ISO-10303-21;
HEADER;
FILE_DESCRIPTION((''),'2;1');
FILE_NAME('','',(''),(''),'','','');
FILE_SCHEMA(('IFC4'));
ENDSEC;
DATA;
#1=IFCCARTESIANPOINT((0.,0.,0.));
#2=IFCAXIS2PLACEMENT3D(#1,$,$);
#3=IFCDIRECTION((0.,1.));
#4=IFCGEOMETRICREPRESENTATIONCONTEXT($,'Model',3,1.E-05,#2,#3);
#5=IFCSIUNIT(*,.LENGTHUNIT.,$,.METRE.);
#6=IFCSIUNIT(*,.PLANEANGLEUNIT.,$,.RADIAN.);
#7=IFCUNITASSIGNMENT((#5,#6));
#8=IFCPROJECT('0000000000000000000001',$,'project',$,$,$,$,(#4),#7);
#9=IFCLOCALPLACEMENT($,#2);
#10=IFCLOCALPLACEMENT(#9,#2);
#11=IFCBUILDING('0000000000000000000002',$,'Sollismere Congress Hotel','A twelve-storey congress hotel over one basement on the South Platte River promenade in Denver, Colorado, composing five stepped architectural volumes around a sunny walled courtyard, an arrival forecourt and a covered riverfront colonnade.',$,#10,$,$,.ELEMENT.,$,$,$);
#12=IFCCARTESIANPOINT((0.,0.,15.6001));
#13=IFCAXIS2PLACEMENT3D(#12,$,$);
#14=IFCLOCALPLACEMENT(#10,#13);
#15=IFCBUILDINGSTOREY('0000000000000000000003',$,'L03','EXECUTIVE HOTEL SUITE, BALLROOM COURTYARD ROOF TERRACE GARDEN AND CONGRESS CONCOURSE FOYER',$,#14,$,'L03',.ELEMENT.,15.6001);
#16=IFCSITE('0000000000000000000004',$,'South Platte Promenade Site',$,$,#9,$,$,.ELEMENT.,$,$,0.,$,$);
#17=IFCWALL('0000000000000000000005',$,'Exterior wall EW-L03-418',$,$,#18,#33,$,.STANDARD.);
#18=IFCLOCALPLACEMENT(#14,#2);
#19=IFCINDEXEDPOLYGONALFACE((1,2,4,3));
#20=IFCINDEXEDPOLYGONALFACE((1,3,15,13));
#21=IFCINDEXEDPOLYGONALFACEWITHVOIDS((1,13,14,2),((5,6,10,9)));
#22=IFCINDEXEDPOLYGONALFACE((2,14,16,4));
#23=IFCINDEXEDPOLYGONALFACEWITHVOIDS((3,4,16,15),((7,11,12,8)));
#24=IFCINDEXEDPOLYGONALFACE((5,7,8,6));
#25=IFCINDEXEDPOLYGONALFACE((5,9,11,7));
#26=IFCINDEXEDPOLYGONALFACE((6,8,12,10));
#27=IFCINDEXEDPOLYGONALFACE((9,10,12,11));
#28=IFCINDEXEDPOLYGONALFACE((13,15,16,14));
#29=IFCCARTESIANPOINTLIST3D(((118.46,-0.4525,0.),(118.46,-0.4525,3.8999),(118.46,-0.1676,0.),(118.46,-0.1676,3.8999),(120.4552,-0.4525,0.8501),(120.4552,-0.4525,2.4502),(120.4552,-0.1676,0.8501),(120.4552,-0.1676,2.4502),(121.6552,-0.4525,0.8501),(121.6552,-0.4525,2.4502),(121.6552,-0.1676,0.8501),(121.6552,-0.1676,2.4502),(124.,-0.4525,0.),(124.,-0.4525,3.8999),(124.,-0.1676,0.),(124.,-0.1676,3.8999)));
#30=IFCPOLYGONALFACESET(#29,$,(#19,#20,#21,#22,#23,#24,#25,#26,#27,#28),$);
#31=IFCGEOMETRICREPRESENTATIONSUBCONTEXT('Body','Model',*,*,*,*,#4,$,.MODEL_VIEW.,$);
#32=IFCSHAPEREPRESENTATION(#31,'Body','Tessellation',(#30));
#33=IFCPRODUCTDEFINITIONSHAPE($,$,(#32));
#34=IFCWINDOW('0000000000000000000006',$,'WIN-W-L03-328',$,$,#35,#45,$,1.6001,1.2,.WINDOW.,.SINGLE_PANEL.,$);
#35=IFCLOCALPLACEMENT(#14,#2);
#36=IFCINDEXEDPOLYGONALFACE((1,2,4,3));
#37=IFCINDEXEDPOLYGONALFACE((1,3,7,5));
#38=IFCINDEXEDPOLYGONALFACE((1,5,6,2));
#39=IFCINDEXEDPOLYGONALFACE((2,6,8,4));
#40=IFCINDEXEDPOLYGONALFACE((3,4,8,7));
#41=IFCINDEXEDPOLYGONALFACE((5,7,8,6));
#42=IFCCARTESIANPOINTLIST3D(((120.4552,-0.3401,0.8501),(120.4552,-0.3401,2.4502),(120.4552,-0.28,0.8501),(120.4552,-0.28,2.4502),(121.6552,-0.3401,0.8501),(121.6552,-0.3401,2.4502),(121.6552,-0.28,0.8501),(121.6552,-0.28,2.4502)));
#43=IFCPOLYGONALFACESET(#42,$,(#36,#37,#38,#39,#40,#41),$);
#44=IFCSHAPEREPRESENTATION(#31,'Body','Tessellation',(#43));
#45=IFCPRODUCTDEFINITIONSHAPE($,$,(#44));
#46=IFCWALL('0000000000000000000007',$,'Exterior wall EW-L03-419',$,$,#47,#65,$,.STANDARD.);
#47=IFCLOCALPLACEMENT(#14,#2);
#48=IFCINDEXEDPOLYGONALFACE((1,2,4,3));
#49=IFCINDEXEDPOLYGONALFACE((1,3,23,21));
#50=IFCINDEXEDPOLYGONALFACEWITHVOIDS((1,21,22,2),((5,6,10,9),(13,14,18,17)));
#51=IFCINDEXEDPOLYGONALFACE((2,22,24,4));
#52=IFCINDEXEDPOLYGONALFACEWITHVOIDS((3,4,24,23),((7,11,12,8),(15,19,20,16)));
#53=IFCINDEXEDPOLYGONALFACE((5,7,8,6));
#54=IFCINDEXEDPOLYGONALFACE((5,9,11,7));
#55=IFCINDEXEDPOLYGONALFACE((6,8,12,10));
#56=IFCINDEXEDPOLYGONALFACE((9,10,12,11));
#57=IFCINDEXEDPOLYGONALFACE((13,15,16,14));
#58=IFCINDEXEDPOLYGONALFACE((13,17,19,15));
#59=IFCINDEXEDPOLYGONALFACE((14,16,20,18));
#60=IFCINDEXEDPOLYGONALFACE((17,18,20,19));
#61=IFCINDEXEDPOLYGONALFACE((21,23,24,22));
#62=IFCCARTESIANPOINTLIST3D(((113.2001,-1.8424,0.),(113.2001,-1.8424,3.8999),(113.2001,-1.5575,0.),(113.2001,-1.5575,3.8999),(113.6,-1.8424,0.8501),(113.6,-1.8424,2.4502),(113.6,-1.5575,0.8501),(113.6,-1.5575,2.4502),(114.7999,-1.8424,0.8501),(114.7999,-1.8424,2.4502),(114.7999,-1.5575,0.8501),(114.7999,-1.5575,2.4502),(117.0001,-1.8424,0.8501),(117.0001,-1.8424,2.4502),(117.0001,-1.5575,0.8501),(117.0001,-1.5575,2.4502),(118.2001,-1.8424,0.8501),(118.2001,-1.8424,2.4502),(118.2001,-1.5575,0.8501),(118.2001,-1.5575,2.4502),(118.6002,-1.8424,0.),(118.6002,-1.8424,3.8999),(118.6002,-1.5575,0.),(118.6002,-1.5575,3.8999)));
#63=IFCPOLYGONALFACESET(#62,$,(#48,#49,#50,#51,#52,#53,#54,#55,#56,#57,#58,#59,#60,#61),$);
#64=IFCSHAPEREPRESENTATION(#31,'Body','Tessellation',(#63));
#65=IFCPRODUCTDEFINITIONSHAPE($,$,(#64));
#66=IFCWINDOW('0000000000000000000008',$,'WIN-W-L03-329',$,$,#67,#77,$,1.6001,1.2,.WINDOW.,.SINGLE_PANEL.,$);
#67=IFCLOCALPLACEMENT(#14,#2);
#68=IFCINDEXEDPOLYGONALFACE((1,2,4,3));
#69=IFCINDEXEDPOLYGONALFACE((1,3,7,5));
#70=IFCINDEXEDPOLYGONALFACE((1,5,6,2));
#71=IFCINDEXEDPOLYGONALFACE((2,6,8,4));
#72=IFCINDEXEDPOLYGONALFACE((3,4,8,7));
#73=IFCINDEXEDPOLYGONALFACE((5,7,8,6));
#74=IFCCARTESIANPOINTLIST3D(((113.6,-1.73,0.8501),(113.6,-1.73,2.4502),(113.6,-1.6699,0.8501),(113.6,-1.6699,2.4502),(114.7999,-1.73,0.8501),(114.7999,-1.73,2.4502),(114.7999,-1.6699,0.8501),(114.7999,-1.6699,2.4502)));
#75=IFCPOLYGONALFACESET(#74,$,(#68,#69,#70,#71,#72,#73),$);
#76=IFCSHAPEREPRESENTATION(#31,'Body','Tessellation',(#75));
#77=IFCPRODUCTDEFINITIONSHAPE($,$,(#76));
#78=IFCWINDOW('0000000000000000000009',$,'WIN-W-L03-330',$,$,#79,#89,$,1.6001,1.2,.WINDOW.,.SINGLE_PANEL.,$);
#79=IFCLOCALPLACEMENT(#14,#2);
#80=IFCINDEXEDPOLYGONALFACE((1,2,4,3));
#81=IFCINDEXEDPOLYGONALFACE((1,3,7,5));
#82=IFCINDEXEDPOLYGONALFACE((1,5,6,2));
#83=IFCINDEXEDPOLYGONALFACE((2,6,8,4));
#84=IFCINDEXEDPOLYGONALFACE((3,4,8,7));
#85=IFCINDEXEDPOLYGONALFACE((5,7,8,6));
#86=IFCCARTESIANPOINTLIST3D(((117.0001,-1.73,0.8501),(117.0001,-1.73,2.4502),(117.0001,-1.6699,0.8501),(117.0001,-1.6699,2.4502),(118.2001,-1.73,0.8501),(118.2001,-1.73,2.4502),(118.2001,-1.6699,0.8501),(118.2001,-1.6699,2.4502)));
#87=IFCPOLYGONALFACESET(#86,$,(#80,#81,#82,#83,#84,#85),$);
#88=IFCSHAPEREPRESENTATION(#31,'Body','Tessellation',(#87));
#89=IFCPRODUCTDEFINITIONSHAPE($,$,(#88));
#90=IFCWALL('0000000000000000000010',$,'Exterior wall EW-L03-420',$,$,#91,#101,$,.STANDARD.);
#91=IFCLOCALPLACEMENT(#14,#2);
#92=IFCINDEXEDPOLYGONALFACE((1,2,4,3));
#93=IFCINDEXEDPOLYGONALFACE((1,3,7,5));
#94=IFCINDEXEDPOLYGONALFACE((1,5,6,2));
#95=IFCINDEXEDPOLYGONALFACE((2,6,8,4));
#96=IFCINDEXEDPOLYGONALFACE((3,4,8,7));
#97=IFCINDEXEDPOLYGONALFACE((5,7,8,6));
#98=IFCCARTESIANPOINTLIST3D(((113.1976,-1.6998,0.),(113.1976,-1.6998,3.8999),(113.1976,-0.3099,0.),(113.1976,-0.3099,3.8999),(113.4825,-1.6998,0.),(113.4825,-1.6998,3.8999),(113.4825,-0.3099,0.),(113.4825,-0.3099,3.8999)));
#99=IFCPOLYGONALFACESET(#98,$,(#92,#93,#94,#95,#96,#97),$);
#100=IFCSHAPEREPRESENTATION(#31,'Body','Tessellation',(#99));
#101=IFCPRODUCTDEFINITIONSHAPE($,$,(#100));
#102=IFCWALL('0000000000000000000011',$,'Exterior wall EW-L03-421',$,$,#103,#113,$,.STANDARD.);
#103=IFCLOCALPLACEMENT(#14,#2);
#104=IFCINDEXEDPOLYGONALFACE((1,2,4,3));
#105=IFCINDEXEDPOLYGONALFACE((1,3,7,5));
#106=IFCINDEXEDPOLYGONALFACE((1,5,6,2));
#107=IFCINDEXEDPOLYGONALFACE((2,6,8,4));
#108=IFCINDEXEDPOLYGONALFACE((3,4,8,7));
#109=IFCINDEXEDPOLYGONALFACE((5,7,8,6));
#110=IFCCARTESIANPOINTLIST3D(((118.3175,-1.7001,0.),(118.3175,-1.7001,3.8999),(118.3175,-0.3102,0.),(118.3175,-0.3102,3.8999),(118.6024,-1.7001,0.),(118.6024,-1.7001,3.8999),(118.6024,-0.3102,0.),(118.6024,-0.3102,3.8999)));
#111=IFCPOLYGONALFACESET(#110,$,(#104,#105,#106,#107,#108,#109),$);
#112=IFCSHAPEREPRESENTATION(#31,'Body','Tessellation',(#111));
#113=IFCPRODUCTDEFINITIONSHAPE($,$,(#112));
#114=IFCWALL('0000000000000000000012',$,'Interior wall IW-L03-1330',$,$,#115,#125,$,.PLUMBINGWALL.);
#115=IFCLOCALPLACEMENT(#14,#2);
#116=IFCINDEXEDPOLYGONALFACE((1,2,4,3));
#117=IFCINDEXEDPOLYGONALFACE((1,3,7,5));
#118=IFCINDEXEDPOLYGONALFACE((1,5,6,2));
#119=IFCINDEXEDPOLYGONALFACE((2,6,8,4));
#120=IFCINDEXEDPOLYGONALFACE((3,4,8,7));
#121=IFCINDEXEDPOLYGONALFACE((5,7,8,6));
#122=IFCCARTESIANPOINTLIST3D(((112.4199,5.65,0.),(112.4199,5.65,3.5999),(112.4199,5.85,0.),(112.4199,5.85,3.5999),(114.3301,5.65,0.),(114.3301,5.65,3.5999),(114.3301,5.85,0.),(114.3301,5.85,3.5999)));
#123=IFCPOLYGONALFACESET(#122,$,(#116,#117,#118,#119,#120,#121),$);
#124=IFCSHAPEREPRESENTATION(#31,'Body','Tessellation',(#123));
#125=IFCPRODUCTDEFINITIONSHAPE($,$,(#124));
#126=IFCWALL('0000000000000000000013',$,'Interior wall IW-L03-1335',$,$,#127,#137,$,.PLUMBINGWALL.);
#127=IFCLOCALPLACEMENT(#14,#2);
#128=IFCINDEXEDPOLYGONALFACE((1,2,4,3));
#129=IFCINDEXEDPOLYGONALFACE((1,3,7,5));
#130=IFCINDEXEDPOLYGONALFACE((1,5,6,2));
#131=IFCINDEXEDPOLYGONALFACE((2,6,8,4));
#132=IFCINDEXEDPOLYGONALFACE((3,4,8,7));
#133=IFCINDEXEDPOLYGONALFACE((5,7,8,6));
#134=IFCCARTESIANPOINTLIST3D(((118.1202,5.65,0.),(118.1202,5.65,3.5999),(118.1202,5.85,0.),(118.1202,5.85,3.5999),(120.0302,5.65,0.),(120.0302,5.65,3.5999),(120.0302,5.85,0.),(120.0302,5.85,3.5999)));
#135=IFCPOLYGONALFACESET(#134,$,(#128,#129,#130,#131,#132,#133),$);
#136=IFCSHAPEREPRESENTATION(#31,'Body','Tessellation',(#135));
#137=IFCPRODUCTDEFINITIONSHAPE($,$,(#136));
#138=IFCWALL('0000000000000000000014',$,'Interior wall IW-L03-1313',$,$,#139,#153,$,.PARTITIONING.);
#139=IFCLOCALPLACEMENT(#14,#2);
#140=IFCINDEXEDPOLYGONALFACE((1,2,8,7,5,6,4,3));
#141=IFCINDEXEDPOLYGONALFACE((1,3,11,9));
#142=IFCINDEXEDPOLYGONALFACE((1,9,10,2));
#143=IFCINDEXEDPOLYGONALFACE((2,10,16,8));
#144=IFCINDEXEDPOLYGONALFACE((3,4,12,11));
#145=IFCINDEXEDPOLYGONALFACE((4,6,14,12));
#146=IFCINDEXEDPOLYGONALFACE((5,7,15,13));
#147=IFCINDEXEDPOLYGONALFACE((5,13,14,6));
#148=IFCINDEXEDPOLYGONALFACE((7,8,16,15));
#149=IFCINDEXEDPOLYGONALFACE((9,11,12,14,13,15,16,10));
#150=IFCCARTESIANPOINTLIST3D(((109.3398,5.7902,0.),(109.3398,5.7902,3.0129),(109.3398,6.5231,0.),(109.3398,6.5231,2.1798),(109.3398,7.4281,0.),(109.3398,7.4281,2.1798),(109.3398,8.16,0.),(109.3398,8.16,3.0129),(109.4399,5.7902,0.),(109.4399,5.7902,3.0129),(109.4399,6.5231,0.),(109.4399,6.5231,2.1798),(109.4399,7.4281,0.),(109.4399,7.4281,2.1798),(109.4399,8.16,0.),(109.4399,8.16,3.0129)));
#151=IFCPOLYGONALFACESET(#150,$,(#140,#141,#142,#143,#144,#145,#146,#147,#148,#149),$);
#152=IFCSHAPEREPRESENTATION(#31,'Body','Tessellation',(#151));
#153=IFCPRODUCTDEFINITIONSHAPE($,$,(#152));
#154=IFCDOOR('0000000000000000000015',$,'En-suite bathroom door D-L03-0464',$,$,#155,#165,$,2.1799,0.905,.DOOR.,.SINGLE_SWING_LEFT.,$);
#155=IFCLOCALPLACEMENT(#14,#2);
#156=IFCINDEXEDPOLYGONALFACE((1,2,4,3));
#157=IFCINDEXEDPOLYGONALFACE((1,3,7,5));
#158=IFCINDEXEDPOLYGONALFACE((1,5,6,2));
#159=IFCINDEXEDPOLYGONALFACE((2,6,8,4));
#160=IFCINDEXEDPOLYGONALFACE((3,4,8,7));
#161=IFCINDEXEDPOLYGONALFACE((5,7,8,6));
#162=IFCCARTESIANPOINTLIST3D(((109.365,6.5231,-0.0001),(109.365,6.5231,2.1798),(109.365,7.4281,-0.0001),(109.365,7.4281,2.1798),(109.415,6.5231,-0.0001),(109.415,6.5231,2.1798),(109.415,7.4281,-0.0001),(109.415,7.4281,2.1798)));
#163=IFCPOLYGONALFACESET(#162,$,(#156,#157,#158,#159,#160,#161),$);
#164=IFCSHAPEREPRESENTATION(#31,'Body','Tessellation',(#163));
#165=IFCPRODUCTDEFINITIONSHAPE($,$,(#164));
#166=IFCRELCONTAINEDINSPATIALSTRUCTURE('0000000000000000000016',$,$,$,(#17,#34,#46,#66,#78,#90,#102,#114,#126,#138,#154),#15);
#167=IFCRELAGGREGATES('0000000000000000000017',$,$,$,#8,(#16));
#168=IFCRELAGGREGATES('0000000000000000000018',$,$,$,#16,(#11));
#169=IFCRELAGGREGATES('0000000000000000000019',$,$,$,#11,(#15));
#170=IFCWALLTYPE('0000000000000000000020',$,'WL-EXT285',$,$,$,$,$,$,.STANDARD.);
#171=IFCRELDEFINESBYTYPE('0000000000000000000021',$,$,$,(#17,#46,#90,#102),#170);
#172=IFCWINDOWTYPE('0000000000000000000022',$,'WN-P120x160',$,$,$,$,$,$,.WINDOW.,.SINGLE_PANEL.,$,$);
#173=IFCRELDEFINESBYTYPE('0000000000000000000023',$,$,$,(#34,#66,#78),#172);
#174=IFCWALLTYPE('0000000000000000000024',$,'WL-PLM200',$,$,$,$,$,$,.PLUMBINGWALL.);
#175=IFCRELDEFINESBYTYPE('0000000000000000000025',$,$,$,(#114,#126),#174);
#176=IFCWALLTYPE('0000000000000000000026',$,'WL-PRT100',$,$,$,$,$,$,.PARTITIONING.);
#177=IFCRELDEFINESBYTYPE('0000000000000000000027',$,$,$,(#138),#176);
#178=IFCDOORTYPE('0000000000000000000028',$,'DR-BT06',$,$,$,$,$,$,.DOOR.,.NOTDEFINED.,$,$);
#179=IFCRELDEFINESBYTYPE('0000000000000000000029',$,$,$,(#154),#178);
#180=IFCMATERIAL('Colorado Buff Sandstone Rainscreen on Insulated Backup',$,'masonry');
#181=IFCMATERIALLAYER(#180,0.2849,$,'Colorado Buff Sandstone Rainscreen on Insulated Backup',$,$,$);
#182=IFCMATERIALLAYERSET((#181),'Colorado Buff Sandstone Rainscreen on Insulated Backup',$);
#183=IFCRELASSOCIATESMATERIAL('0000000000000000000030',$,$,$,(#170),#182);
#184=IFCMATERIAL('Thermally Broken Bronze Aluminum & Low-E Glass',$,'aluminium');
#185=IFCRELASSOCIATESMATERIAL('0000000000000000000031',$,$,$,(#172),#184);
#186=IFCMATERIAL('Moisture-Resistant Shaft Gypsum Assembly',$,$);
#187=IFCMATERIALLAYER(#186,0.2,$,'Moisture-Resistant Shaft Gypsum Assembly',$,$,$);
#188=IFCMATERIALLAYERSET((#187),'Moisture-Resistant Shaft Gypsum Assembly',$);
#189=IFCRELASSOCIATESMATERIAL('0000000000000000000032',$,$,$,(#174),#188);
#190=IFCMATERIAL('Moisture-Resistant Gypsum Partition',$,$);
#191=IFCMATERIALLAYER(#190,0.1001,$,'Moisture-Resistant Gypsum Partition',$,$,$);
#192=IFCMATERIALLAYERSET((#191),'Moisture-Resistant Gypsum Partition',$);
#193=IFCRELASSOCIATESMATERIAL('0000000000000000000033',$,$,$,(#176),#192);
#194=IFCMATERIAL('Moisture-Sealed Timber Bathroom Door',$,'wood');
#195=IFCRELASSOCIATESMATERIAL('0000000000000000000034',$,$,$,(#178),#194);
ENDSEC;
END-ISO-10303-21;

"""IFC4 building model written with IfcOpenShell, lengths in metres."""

from ifc_helpers import new_model, si_unit, direction, frame, frame_2d, origin, place, context, subcontext, project, spatial, rectangle, extrude, material, layer, layer_set, type_object, element, fill, save


model = new_model("IFC4")

# Units and contexts
model_context = context("Model", 3, precision=1e-05, world=origin(), true_north=direction((0.0, 1.0)))
body_context = subcontext(model_context, "Body", "Model", "MODEL_VIEW")
ifc_project = project(units=[si_unit("LENGTHUNIT", "METRE"), si_unit("PLANEANGLEUNIT", "RADIAN")], contexts=[model_context])

# Site, building, storey
site_placement = place(None, origin())
site = spatial("IfcSite", under=ifc_project, at=site_placement, Name="South Platte Promenade Site", CompositionType="ELEMENT", RefElevation=0.0)
building_placement = place(site_placement, origin())
building = spatial("IfcBuilding", under=site, at=building_placement, Name="Sollismere Congress Hotel", Description="A twelve-storey congress hotel over one basement on the South Platte River promenade in Denver, Colorado, composing five stepped architectural volumes around a sunny walled courtyard, an arrival forecourt and a covered riverfront colonnade.", CompositionType="ELEMENT")
storey_placement = place(building_placement, frame((0.0, 0.0, 15.6001)))
storey = spatial("IfcBuildingStorey", under=building, at=storey_placement, Name="L03", Description="EXECUTIVE HOTEL SUITE, BALLROOM COURTYARD ROOF TERRACE GARDEN AND CONGRESS CONCOURSE FOYER", LongName="L03", CompositionType="ELEMENT", Elevation=15.6001)

# Shared definitions
ifc_material_1 = material(Name="Colorado Buff Sandstone Rainscreen on Insulated Backup", Category="masonry")
ifc_layer_1 = layer(ifc_material_1, 0.2849, Name="Colorado Buff Sandstone Rainscreen on Insulated Backup")
ifc_layer_set_1 = layer_set([ifc_layer_1], Name="Colorado Buff Sandstone Rainscreen on Insulated Backup")
wall_type_1 = type_object("IfcWallType", Name="WL-EXT285", PredefinedType="STANDARD", material=ifc_layer_set_1)

# Wall, opening, window
wall_1_placement = place(storey_placement, frame((118.46, -0.3101, 0.0), z_axis=(0.0, 0.0, 1.0), x_axis=(1.0, 0.0, 0.0)))
wall_1 = element("IfcWall", 1, at=wall_1_placement, inside=storey, type_object=wall_type_1, Name="Exterior wall EW-L03-418", PredefinedType="STANDARD", context=body_context, shape_type="SweptSolid", body=[
    extrude(rectangle(XDim=5.54, YDim=0.2849, at=frame_2d((2.77, 0.0))), origin(), (0.0, 0.0, 1.0), 3.8999),
])
opening_1_placement = place(wall_1_placement, frame((1.9951, 0.0, 0.8501)))
opening_1 = element("IfcOpeningElement", 2, at=opening_1_placement, cuts=wall_1, PredefinedType="OPENING", context=body_context, shape_type="SweptSolid", body=[
    extrude(rectangle(XDim=1.2, YDim=1.6001, at=frame_2d((0.6001, 0.8))), frame((0.0, 0.1523, 0.0), z_axis=(0.0, -1.0, 0.0), x_axis=(1.0, 0.0, 0.0)), (0.0, 0.0, 1.0), 0.3049),
])
ifc_material_2 = material(Name="Thermally Broken Bronze Aluminum & Low-E Glass", Category="aluminium")
window_type = type_object("IfcWindowType", Name="WN-P120x160", PartitioningType="SINGLE_PANEL", PredefinedType="WINDOW", material=ifc_material_2)
window_1_placement = place(opening_1_placement, origin())
window_1 = element("IfcWindow", 3, at=window_1_placement, inside=storey, type_object=window_type, Name="WIN-W-L03-328", OverallHeight=1.6001, OverallWidth=1.2, PartitioningType="SINGLE_PANEL", PredefinedType="WINDOW", context=body_context, shape_type="SweptSolid", body=[
    extrude(rectangle(XDim=1.2, YDim=1.6001, at=frame_2d((0.6001, 0.8))), frame((0.0, 0.03, 0.0), z_axis=(0.0, -1.0, 0.0), x_axis=(1.0, 0.0, 0.0)), (0.0, 0.0, 1.0), 0.0601),
])
fill(opening_1, window_1)

# Wall, openings, windows
wall_2_placement = place(storey_placement, frame((113.2, -1.7, 0.0), z_axis=(0.0, 0.0, 1.0), x_axis=(1.0, 0.0, 0.0)))
wall_2 = element("IfcWall", 4, at=wall_2_placement, inside=storey, type_object=wall_type_1, Name="Exterior wall EW-L03-419", PredefinedType="STANDARD", context=body_context, shape_type="SweptSolid", body=[
    extrude(rectangle(XDim=5.4001, YDim=0.2849, at=frame_2d((2.7002, 0.0))), origin(), (0.0, 0.0, 1.0), 3.8999),
])
opening_2_placement = place(wall_2_placement, frame((0.3999, 0.0, 0.8501)))
opening_2 = element("IfcOpeningElement", 5, at=opening_2_placement, cuts=wall_2, PredefinedType="OPENING", context=body_context, shape_type="SweptSolid", body=[
    extrude(rectangle(XDim=1.2, YDim=1.6001, at=frame_2d((0.6001, 0.8))), frame((0.0, 0.1523, 0.0), z_axis=(0.0, -1.0, 0.0), x_axis=(1.0, 0.0, 0.0)), (0.0, 0.0, 1.0), 0.3049),
])
opening_3_placement = place(wall_2_placement, frame((3.8, 0.0, 0.8501)))
opening_3 = element("IfcOpeningElement", 6, at=opening_3_placement, cuts=wall_2, PredefinedType="OPENING", context=body_context, shape_type="SweptSolid", body=[
    extrude(rectangle(XDim=1.2, YDim=1.6001, at=frame_2d((0.6001, 0.8))), frame((0.0, 0.1523, 0.0), z_axis=(0.0, -1.0, 0.0), x_axis=(1.0, 0.0, 0.0)), (0.0, 0.0, 1.0), 0.3049),
])
window_2_placement = place(opening_2_placement, origin())
window_2 = element("IfcWindow", 7, at=window_2_placement, inside=storey, type_object=window_type, Name="WIN-W-L03-329", OverallHeight=1.6001, OverallWidth=1.2, PartitioningType="SINGLE_PANEL", PredefinedType="WINDOW", context=body_context, shape_type="SweptSolid", body=[
    extrude(rectangle(XDim=1.2, YDim=1.6001, at=frame_2d((0.6001, 0.8))), frame((0.0, 0.03, 0.0), z_axis=(0.0, -1.0, 0.0), x_axis=(1.0, 0.0, 0.0)), (0.0, 0.0, 1.0), 0.0601),
])
fill(opening_2, window_2)
window_3_placement = place(opening_3_placement, origin())
window_3 = element("IfcWindow", 8, at=window_3_placement, inside=storey, type_object=window_type, Name="WIN-W-L03-330", OverallHeight=1.6001, OverallWidth=1.2, PartitioningType="SINGLE_PANEL", PredefinedType="WINDOW", context=body_context, shape_type="SweptSolid", body=[
    extrude(rectangle(XDim=1.2, YDim=1.6001, at=frame_2d((0.6001, 0.8))), frame((0.0, 0.03, 0.0), z_axis=(0.0, -1.0, 0.0), x_axis=(1.0, 0.0, 0.0)), (0.0, 0.0, 1.0), 0.0601),
])
fill(opening_3, window_3)

# Walls
for number, where, z_axis, x_axis, name in (
    (9, (113.3401, -0.3101, 0.0), (0.0, 0.0, 1.0), (0.0, -1.0, 0.0), "Exterior wall EW-L03-420"),
    (10, (118.46, -1.7, 0.0), (0.0, 0.0, 1.0), (0.0, 1.0, 0.0), "Exterior wall EW-L03-421"),
):
    element("IfcWall", number, at=place(storey_placement, frame(where, z_axis=z_axis, x_axis=x_axis)), inside=storey, type_object=wall_type_1, Name=name, PredefinedType="STANDARD", context=body_context, shape_type="SweptSolid", body=[
        extrude(rectangle(XDim=1.3899, YDim=0.2849, at=frame_2d((0.6948, 0.0))), origin(), (0.0, 0.0, 1.0), 3.8999),
    ])
ifc_material_3 = material(Name="Moisture-Resistant Shaft Gypsum Assembly")
ifc_layer_2 = layer(ifc_material_3, 0.2, Name="Moisture-Resistant Shaft Gypsum Assembly")
ifc_layer_set_2 = layer_set([ifc_layer_2], Name="Moisture-Resistant Shaft Gypsum Assembly")
wall_type_2 = type_object("IfcWallType", Name="WL-PLM200", PredefinedType="PLUMBINGWALL", material=ifc_layer_set_2)
wall_3_placement = place(storey_placement, frame((112.4199, 5.75, 0.0), z_axis=(0.0, 0.0, 1.0), x_axis=(1.0, 0.0, 0.0)))
element("IfcWall", 11, at=wall_3_placement, inside=storey, type_object=wall_type_2, Name="Interior wall IW-L03-1330", PredefinedType="PLUMBINGWALL", context=body_context, shape_type="SweptSolid", body=[
    extrude(rectangle(XDim=1.9102, YDim=0.2, at=frame_2d((0.9551, 0.0))), origin(), (0.0, 0.0, 1.0), 3.5999),
])
wall_4_placement = place(storey_placement, frame((118.1201, 5.75, 0.0), z_axis=(0.0, 0.0, 1.0), x_axis=(1.0, 0.0, 0.0)))
element("IfcWall", 12, at=wall_4_placement, inside=storey, type_object=wall_type_2, Name="Interior wall IW-L03-1335", PredefinedType="PLUMBINGWALL", context=body_context, shape_type="SweptSolid", body=[
    extrude(rectangle(XDim=1.9099, YDim=0.2, at=frame_2d((0.9551, 0.0))), origin(), (0.0, 0.0, 1.0), 3.5999),
])

# Wall, opening, door
ifc_material_4 = material(Name="Moisture-Resistant Gypsum Partition")
ifc_layer_3 = layer(ifc_material_4, 0.1001, Name="Moisture-Resistant Gypsum Partition")
ifc_layer_set_3 = layer_set([ifc_layer_3], Name="Moisture-Resistant Gypsum Partition")
wall_type_3 = type_object("IfcWallType", Name="WL-PRT100", PredefinedType="PARTITIONING", material=ifc_layer_set_3)
wall_5_placement = place(storey_placement, frame((109.3899, 5.79, 0.0), z_axis=(0.0, 0.0, 1.0), x_axis=(0.0, 1.0, 0.0)))
wall_5 = element("IfcWall", 13, at=wall_5_placement, inside=storey, type_object=wall_type_3, Name="Interior wall IW-L03-1313", PredefinedType="PARTITIONING", context=body_context, shape_type="SweptSolid", body=[
    extrude(rectangle(XDim=2.3699, YDim=0.1001, at=frame_2d((1.1851, 0.0))), origin(), (0.0, 0.0, 1.0), 3.0129),
])
opening_4_placement = place(wall_5_placement, frame((0.7329, 0.0, 0.0)))
opening_4 = element("IfcOpeningElement", 14, at=opening_4_placement, cuts=wall_5, PredefinedType="OPENING", context=body_context, shape_type="SweptSolid", body=[
    extrude(rectangle(XDim=0.905, YDim=2.1799, at=frame_2d((0.4526, 1.0898))), frame((0.0, 0.0601, 0.0), z_axis=(0.0, -1.0, 0.0), x_axis=(1.0, 0.0, 0.0)), (0.0, 0.0, 1.0), 0.1201),
])
ifc_material_5 = material(Name="Moisture-Sealed Timber Bathroom Door", Category="wood")
door_type_1 = type_object("IfcDoorType", Name="DR-BT06", OperationType="NOTDEFINED", PredefinedType="DOOR", material=ifc_material_5)
door_1_placement = place(opening_4_placement, origin())
door_1 = element("IfcDoor", 15, at=door_1_placement, inside=storey, type_object=door_type_1, Name="En-suite bathroom door D-L03-0464", OperationType="SINGLE_SWING_LEFT", OverallHeight=2.1799, OverallWidth=0.905, PredefinedType="DOOR", context=body_context, shape_type="SweptSolid", body=[
    extrude(rectangle(XDim=0.905, YDim=2.1799, at=frame_2d((0.4526, 1.0898))), frame((0.0, 0.0249, 0.0), z_axis=(0.0, -1.0, 0.0), x_axis=(1.0, 0.0, 0.0)), (0.0, 0.0, 1.0), 0.05),
])
fill(opening_4, door_1)

save(model, "model.ifc")
